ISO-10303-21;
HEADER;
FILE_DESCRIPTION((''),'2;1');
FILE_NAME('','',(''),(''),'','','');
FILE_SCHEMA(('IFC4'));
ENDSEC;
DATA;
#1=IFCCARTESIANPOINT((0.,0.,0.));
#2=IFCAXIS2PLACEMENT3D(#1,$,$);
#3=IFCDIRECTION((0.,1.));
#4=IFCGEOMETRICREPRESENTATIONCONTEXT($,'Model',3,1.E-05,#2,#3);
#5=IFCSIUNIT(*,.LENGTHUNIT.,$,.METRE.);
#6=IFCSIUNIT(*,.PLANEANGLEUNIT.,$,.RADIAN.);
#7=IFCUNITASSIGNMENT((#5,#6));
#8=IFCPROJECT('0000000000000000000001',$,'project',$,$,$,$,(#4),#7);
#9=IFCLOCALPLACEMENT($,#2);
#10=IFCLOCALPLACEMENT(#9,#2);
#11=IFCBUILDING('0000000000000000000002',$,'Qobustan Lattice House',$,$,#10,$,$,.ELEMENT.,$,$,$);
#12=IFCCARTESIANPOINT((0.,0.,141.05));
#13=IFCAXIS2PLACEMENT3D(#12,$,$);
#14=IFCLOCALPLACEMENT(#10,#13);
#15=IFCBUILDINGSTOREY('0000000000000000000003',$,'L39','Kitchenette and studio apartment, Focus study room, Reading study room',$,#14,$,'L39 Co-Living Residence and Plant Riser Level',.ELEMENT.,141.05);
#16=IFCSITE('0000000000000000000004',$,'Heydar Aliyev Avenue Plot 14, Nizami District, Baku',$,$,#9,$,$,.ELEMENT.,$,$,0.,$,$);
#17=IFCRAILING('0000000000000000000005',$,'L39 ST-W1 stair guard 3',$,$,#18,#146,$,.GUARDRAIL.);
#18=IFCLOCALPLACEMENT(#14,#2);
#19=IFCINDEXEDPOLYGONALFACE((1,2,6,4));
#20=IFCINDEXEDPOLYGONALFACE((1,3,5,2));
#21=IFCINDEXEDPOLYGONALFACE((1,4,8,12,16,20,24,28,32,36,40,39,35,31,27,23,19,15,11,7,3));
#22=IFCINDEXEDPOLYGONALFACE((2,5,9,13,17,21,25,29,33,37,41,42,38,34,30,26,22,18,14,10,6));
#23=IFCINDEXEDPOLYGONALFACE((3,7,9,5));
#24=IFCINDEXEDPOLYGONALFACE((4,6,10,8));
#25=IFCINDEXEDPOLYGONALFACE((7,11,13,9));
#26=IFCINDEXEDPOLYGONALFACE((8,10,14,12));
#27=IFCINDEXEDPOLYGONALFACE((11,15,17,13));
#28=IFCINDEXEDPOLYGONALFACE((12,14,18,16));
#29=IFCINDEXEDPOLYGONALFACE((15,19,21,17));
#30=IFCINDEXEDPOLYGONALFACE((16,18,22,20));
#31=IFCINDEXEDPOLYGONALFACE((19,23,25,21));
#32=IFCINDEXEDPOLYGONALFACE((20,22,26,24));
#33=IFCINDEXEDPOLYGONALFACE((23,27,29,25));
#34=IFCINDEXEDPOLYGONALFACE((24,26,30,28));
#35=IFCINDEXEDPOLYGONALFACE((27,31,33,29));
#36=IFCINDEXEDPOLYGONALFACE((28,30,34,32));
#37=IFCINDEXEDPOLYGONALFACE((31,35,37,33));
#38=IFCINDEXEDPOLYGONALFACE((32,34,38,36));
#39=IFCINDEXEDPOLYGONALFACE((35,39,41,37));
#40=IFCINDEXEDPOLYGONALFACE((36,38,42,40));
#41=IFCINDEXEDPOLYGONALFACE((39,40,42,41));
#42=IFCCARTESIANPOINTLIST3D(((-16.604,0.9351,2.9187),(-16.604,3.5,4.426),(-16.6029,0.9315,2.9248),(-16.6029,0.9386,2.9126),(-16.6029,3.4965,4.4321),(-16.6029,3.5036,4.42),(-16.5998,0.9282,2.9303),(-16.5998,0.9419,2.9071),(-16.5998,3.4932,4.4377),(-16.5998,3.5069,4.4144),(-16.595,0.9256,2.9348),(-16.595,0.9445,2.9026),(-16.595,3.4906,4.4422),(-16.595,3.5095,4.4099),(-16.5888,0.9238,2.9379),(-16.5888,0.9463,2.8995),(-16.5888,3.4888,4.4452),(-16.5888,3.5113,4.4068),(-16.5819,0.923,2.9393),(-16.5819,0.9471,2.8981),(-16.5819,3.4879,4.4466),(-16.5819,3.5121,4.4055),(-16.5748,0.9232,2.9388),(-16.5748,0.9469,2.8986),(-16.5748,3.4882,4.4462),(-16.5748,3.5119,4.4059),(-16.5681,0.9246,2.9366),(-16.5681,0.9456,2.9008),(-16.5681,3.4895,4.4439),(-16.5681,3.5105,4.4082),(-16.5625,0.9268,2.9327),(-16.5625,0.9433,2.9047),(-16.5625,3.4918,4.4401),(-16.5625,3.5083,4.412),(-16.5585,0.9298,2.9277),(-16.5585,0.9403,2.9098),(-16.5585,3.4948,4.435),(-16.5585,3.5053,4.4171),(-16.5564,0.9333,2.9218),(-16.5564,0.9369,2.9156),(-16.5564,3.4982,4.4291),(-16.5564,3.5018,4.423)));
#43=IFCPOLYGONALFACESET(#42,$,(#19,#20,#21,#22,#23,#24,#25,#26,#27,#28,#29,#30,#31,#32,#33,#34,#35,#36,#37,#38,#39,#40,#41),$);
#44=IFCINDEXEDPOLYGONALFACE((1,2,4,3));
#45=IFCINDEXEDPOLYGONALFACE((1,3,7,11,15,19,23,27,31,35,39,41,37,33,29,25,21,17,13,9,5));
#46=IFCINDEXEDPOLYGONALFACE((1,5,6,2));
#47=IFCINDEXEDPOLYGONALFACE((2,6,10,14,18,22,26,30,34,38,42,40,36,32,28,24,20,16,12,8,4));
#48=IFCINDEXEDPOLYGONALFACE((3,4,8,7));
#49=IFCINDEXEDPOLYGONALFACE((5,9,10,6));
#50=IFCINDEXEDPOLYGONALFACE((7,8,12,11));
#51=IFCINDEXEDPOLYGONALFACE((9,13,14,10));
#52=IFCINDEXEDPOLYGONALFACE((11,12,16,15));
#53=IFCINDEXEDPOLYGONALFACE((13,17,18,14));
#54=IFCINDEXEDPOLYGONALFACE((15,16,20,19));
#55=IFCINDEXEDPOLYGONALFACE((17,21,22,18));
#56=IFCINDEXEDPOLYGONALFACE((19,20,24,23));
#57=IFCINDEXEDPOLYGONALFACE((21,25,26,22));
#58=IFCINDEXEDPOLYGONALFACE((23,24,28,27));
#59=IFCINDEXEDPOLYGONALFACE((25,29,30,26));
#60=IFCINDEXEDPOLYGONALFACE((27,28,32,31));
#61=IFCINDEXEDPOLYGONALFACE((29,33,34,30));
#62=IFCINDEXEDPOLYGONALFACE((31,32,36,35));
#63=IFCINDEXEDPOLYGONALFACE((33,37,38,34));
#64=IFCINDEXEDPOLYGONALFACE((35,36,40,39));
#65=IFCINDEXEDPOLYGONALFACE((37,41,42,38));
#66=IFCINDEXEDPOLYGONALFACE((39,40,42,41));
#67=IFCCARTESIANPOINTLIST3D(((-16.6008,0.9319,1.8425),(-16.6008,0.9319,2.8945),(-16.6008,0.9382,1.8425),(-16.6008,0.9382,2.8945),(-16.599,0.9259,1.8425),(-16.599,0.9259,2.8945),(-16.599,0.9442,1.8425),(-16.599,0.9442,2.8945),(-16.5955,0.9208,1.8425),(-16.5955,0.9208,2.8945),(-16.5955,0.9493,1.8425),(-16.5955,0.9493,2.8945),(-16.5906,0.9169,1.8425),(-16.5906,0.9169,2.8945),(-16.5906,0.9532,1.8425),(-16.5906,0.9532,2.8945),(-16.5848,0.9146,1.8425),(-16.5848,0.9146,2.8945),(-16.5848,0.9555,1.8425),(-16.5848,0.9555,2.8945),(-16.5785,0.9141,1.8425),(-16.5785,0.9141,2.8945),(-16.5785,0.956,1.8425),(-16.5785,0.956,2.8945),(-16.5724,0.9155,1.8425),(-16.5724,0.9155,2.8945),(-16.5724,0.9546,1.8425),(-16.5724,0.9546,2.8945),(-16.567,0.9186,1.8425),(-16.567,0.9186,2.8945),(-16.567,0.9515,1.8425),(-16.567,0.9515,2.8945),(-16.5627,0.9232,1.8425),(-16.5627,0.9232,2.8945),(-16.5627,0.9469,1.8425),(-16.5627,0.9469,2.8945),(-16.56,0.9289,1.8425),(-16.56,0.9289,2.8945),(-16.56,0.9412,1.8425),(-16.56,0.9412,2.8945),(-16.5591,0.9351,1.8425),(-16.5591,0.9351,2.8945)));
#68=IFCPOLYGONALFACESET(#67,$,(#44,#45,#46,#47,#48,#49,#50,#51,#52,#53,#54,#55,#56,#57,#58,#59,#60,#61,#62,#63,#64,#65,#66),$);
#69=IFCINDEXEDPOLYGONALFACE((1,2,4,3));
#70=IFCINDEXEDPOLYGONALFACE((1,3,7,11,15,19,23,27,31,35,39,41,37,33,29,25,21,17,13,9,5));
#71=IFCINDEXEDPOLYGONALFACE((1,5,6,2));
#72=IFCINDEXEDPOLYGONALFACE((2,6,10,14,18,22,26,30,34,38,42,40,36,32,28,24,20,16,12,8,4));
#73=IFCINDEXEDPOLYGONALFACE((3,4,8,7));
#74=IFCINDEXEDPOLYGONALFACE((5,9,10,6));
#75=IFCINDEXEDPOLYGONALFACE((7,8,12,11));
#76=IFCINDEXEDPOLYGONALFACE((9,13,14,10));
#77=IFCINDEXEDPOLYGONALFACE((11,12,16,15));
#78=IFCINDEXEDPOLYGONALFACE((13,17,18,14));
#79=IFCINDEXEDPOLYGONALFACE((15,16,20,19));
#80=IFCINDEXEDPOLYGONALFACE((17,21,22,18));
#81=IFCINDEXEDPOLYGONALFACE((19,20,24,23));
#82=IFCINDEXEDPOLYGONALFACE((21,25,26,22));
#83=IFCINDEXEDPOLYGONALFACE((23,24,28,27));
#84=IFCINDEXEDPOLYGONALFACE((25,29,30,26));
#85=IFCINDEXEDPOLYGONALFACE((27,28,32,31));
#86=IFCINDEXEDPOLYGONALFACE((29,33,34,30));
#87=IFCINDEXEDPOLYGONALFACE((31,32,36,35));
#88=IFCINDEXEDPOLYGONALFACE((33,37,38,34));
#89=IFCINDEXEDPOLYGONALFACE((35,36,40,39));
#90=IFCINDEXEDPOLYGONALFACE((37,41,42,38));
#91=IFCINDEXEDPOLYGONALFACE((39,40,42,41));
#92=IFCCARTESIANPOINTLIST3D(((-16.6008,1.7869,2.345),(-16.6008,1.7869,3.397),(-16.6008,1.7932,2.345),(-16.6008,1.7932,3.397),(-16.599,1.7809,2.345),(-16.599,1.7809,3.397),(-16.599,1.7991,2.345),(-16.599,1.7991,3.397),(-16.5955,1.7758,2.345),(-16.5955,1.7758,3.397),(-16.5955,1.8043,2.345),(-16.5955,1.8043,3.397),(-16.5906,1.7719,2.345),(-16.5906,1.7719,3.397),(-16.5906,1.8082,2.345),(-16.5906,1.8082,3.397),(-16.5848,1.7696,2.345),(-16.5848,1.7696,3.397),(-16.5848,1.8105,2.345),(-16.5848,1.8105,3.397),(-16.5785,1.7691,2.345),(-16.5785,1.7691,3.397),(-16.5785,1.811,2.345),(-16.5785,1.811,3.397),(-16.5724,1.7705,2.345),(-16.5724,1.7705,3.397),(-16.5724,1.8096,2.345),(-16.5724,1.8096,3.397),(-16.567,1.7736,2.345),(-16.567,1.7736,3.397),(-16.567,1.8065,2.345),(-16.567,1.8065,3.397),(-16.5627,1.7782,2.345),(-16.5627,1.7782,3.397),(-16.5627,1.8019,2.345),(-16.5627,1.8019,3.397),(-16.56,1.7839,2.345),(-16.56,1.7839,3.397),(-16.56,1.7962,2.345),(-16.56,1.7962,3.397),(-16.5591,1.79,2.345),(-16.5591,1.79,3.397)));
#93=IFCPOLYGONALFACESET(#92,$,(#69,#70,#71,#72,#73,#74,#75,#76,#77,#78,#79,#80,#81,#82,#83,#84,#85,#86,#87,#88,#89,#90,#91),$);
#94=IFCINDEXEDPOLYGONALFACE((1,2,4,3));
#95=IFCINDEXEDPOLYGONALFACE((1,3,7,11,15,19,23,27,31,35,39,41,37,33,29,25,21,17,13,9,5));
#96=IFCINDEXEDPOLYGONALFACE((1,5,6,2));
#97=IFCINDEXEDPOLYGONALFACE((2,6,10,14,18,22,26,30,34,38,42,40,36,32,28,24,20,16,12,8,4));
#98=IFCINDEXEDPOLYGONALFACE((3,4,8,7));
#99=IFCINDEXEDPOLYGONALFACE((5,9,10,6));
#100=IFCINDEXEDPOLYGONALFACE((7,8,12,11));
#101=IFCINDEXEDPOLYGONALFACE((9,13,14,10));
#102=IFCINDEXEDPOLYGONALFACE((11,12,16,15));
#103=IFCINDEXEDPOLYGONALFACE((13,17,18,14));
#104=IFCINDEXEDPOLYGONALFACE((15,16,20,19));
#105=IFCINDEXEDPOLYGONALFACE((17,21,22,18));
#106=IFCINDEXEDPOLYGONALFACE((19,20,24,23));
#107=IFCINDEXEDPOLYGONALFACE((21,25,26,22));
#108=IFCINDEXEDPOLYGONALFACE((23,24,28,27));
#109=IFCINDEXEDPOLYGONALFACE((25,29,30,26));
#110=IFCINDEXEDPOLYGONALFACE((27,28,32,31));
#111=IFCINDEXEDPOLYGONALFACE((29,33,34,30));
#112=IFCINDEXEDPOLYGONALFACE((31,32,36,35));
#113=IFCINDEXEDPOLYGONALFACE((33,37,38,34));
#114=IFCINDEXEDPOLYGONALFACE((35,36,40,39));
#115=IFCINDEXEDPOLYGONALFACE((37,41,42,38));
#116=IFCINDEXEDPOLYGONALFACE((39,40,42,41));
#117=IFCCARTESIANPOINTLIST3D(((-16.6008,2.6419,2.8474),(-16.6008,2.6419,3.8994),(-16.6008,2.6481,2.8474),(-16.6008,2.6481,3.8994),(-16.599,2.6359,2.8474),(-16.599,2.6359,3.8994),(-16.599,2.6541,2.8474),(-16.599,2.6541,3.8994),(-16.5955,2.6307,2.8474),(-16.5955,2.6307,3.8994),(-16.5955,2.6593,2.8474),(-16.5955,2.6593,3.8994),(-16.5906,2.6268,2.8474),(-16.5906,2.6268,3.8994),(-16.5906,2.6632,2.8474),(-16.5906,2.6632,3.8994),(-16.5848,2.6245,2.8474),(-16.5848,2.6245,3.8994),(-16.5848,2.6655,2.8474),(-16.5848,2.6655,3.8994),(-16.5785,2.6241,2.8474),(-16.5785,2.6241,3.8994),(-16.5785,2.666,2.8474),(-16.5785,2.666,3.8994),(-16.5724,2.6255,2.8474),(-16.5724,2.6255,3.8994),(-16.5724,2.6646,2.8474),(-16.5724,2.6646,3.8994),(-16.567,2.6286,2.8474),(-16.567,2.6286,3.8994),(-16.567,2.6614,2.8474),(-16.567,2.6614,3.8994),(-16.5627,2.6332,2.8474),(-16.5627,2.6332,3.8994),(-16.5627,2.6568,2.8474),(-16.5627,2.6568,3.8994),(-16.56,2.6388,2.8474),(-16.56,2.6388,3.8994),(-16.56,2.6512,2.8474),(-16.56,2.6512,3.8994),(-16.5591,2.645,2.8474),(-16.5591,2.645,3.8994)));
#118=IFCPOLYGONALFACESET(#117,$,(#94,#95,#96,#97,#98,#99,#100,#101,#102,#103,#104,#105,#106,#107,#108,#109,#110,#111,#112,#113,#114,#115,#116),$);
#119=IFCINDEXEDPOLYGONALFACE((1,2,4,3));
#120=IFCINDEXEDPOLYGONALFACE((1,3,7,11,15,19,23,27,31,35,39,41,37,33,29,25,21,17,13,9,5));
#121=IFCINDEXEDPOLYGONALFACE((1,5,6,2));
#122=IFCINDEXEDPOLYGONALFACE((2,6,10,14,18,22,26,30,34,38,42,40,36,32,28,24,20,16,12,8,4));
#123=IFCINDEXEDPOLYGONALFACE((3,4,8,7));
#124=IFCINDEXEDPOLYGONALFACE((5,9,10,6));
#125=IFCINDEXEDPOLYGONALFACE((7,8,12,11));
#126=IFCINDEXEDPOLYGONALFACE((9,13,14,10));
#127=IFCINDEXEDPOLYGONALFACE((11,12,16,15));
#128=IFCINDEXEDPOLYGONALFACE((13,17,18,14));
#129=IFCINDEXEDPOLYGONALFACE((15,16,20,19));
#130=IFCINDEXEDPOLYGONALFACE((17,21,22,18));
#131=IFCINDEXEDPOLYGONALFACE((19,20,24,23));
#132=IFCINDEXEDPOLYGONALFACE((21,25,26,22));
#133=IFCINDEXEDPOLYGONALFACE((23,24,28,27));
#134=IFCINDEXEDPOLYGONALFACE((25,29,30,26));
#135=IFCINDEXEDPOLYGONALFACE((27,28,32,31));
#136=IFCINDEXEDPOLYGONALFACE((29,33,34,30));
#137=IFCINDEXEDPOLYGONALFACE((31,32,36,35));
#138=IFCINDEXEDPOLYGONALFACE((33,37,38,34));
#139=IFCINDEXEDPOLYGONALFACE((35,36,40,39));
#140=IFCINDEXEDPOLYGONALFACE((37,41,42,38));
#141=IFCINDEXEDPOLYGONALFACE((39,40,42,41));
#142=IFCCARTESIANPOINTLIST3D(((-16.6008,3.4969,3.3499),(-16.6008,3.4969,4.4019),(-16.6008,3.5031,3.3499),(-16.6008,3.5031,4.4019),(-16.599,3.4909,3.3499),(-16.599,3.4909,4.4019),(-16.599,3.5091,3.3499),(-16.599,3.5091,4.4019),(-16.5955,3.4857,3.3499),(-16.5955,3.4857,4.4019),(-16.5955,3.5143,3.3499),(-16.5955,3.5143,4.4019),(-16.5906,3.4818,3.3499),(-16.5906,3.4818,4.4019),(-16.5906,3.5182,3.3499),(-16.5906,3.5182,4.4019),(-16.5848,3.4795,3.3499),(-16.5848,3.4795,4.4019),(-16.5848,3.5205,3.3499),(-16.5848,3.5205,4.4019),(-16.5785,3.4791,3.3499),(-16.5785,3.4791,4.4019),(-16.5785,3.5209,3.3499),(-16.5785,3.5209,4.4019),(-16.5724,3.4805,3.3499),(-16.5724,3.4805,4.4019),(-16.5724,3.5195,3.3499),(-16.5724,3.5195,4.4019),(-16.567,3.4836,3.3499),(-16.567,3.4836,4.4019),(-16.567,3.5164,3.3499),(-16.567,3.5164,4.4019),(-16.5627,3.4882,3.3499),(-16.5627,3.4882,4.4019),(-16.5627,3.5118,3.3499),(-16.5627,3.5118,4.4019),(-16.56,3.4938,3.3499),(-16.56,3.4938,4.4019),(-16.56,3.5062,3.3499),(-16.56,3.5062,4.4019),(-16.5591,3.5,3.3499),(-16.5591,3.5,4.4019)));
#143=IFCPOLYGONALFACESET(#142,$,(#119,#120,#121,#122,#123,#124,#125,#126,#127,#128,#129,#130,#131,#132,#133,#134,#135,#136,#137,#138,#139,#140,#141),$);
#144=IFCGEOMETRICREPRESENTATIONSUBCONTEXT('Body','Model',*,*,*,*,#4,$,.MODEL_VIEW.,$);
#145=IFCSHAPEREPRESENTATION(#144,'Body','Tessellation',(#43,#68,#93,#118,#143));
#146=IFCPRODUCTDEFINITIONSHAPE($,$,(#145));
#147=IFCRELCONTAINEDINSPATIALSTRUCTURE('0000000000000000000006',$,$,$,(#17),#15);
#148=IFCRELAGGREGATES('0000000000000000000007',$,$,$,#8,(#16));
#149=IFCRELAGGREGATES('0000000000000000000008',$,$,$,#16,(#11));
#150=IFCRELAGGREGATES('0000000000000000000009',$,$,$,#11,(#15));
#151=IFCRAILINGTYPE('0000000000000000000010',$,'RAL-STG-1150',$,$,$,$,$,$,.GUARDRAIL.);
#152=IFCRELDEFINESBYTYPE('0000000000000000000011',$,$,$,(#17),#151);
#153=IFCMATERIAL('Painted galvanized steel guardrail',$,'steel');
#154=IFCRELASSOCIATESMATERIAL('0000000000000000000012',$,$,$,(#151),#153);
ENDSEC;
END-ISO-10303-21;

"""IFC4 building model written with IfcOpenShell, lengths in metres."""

from ifc_helpers import new_model, si_unit, direction, frame, origin, origin_2d, place, context, subcontext, project, spatial, circle, extrude, material, type_object, element, save


model = new_model("IFC4")

# Units and contexts
model_context = context("Model", 3, precision=1e-05, world=origin(), true_north=direction((0.0, 1.0)))
body_context = subcontext(model_context, "Body", "Model", "MODEL_VIEW")
ifc_project = project(units=[si_unit("LENGTHUNIT", "METRE"), si_unit("PLANEANGLEUNIT", "RADIAN")], contexts=[model_context])

# Site, building, storey
site_placement = place(None, origin())
site = spatial("IfcSite", under=ifc_project, at=site_placement, Name="Heydar Aliyev Avenue Plot 14, Nizami District, Baku", CompositionType="ELEMENT", RefElevation=0.0)
building_placement = place(site_placement, origin())
building = spatial("IfcBuilding", under=site, at=building_placement, Name="Qobustan Lattice House", CompositionType="ELEMENT")
storey_placement = place(building_placement, frame((0.0, 0.0, 141.05)))
storey = spatial("IfcBuildingStorey", under=building, at=storey_placement, Name="L39", Description="Kitchenette and studio apartment, Focus study room, Reading study room", LongName="L39 Co-Living Residence and Plant Riser Level", CompositionType="ELEMENT", Elevation=141.05)

# Railing
ifc_material_1 = material(Name="Painted galvanized steel guardrail", Category="steel")
railing_type_1 = type_object("IfcRailingType", Name="RAL-STG-1150", PredefinedType="GUARDRAIL", material=ifc_material_1)
railing_1_placement = place(storey_placement, frame((-16.5801, 0.9351, 1.8425)))
element("IfcRailing", 1, at=railing_1_placement, inside=storey, type_object=railing_type_1, Name="L39 ST-W1 stair guard 3", PredefinedType="GUARDRAIL", context=body_context, shape_type="SweptSolid", body=[
    extrude(circle(Radius=0.0239, at=origin_2d()), frame((0.0, 0.0, 1.0762), z_axis=(0.0, 0.862149, 0.506654), x_axis=(-1.0, 0.0, 0.0)), (0.0, 0.0, 1.0), 2.9751),
    extrude(circle(Radius=0.021, at=origin_2d()), origin(), (0.0, 0.0, 1.0), 1.052),
    extrude(circle(Radius=0.021, at=origin_2d()), frame((0.0, 0.855, 0.5024)), (0.0, 0.0, 1.0), 1.052),
    extrude(circle(Radius=0.021, at=origin_2d()), frame((0.0, 1.71, 1.0049)), (0.0, 0.0, 1.0), 1.052),
    extrude(circle(Radius=0.021, at=origin_2d()), frame((0.0, 2.5649, 1.5073)), (0.0, 0.0, 1.0), 1.052),
])

save(model, "model.ifc")
